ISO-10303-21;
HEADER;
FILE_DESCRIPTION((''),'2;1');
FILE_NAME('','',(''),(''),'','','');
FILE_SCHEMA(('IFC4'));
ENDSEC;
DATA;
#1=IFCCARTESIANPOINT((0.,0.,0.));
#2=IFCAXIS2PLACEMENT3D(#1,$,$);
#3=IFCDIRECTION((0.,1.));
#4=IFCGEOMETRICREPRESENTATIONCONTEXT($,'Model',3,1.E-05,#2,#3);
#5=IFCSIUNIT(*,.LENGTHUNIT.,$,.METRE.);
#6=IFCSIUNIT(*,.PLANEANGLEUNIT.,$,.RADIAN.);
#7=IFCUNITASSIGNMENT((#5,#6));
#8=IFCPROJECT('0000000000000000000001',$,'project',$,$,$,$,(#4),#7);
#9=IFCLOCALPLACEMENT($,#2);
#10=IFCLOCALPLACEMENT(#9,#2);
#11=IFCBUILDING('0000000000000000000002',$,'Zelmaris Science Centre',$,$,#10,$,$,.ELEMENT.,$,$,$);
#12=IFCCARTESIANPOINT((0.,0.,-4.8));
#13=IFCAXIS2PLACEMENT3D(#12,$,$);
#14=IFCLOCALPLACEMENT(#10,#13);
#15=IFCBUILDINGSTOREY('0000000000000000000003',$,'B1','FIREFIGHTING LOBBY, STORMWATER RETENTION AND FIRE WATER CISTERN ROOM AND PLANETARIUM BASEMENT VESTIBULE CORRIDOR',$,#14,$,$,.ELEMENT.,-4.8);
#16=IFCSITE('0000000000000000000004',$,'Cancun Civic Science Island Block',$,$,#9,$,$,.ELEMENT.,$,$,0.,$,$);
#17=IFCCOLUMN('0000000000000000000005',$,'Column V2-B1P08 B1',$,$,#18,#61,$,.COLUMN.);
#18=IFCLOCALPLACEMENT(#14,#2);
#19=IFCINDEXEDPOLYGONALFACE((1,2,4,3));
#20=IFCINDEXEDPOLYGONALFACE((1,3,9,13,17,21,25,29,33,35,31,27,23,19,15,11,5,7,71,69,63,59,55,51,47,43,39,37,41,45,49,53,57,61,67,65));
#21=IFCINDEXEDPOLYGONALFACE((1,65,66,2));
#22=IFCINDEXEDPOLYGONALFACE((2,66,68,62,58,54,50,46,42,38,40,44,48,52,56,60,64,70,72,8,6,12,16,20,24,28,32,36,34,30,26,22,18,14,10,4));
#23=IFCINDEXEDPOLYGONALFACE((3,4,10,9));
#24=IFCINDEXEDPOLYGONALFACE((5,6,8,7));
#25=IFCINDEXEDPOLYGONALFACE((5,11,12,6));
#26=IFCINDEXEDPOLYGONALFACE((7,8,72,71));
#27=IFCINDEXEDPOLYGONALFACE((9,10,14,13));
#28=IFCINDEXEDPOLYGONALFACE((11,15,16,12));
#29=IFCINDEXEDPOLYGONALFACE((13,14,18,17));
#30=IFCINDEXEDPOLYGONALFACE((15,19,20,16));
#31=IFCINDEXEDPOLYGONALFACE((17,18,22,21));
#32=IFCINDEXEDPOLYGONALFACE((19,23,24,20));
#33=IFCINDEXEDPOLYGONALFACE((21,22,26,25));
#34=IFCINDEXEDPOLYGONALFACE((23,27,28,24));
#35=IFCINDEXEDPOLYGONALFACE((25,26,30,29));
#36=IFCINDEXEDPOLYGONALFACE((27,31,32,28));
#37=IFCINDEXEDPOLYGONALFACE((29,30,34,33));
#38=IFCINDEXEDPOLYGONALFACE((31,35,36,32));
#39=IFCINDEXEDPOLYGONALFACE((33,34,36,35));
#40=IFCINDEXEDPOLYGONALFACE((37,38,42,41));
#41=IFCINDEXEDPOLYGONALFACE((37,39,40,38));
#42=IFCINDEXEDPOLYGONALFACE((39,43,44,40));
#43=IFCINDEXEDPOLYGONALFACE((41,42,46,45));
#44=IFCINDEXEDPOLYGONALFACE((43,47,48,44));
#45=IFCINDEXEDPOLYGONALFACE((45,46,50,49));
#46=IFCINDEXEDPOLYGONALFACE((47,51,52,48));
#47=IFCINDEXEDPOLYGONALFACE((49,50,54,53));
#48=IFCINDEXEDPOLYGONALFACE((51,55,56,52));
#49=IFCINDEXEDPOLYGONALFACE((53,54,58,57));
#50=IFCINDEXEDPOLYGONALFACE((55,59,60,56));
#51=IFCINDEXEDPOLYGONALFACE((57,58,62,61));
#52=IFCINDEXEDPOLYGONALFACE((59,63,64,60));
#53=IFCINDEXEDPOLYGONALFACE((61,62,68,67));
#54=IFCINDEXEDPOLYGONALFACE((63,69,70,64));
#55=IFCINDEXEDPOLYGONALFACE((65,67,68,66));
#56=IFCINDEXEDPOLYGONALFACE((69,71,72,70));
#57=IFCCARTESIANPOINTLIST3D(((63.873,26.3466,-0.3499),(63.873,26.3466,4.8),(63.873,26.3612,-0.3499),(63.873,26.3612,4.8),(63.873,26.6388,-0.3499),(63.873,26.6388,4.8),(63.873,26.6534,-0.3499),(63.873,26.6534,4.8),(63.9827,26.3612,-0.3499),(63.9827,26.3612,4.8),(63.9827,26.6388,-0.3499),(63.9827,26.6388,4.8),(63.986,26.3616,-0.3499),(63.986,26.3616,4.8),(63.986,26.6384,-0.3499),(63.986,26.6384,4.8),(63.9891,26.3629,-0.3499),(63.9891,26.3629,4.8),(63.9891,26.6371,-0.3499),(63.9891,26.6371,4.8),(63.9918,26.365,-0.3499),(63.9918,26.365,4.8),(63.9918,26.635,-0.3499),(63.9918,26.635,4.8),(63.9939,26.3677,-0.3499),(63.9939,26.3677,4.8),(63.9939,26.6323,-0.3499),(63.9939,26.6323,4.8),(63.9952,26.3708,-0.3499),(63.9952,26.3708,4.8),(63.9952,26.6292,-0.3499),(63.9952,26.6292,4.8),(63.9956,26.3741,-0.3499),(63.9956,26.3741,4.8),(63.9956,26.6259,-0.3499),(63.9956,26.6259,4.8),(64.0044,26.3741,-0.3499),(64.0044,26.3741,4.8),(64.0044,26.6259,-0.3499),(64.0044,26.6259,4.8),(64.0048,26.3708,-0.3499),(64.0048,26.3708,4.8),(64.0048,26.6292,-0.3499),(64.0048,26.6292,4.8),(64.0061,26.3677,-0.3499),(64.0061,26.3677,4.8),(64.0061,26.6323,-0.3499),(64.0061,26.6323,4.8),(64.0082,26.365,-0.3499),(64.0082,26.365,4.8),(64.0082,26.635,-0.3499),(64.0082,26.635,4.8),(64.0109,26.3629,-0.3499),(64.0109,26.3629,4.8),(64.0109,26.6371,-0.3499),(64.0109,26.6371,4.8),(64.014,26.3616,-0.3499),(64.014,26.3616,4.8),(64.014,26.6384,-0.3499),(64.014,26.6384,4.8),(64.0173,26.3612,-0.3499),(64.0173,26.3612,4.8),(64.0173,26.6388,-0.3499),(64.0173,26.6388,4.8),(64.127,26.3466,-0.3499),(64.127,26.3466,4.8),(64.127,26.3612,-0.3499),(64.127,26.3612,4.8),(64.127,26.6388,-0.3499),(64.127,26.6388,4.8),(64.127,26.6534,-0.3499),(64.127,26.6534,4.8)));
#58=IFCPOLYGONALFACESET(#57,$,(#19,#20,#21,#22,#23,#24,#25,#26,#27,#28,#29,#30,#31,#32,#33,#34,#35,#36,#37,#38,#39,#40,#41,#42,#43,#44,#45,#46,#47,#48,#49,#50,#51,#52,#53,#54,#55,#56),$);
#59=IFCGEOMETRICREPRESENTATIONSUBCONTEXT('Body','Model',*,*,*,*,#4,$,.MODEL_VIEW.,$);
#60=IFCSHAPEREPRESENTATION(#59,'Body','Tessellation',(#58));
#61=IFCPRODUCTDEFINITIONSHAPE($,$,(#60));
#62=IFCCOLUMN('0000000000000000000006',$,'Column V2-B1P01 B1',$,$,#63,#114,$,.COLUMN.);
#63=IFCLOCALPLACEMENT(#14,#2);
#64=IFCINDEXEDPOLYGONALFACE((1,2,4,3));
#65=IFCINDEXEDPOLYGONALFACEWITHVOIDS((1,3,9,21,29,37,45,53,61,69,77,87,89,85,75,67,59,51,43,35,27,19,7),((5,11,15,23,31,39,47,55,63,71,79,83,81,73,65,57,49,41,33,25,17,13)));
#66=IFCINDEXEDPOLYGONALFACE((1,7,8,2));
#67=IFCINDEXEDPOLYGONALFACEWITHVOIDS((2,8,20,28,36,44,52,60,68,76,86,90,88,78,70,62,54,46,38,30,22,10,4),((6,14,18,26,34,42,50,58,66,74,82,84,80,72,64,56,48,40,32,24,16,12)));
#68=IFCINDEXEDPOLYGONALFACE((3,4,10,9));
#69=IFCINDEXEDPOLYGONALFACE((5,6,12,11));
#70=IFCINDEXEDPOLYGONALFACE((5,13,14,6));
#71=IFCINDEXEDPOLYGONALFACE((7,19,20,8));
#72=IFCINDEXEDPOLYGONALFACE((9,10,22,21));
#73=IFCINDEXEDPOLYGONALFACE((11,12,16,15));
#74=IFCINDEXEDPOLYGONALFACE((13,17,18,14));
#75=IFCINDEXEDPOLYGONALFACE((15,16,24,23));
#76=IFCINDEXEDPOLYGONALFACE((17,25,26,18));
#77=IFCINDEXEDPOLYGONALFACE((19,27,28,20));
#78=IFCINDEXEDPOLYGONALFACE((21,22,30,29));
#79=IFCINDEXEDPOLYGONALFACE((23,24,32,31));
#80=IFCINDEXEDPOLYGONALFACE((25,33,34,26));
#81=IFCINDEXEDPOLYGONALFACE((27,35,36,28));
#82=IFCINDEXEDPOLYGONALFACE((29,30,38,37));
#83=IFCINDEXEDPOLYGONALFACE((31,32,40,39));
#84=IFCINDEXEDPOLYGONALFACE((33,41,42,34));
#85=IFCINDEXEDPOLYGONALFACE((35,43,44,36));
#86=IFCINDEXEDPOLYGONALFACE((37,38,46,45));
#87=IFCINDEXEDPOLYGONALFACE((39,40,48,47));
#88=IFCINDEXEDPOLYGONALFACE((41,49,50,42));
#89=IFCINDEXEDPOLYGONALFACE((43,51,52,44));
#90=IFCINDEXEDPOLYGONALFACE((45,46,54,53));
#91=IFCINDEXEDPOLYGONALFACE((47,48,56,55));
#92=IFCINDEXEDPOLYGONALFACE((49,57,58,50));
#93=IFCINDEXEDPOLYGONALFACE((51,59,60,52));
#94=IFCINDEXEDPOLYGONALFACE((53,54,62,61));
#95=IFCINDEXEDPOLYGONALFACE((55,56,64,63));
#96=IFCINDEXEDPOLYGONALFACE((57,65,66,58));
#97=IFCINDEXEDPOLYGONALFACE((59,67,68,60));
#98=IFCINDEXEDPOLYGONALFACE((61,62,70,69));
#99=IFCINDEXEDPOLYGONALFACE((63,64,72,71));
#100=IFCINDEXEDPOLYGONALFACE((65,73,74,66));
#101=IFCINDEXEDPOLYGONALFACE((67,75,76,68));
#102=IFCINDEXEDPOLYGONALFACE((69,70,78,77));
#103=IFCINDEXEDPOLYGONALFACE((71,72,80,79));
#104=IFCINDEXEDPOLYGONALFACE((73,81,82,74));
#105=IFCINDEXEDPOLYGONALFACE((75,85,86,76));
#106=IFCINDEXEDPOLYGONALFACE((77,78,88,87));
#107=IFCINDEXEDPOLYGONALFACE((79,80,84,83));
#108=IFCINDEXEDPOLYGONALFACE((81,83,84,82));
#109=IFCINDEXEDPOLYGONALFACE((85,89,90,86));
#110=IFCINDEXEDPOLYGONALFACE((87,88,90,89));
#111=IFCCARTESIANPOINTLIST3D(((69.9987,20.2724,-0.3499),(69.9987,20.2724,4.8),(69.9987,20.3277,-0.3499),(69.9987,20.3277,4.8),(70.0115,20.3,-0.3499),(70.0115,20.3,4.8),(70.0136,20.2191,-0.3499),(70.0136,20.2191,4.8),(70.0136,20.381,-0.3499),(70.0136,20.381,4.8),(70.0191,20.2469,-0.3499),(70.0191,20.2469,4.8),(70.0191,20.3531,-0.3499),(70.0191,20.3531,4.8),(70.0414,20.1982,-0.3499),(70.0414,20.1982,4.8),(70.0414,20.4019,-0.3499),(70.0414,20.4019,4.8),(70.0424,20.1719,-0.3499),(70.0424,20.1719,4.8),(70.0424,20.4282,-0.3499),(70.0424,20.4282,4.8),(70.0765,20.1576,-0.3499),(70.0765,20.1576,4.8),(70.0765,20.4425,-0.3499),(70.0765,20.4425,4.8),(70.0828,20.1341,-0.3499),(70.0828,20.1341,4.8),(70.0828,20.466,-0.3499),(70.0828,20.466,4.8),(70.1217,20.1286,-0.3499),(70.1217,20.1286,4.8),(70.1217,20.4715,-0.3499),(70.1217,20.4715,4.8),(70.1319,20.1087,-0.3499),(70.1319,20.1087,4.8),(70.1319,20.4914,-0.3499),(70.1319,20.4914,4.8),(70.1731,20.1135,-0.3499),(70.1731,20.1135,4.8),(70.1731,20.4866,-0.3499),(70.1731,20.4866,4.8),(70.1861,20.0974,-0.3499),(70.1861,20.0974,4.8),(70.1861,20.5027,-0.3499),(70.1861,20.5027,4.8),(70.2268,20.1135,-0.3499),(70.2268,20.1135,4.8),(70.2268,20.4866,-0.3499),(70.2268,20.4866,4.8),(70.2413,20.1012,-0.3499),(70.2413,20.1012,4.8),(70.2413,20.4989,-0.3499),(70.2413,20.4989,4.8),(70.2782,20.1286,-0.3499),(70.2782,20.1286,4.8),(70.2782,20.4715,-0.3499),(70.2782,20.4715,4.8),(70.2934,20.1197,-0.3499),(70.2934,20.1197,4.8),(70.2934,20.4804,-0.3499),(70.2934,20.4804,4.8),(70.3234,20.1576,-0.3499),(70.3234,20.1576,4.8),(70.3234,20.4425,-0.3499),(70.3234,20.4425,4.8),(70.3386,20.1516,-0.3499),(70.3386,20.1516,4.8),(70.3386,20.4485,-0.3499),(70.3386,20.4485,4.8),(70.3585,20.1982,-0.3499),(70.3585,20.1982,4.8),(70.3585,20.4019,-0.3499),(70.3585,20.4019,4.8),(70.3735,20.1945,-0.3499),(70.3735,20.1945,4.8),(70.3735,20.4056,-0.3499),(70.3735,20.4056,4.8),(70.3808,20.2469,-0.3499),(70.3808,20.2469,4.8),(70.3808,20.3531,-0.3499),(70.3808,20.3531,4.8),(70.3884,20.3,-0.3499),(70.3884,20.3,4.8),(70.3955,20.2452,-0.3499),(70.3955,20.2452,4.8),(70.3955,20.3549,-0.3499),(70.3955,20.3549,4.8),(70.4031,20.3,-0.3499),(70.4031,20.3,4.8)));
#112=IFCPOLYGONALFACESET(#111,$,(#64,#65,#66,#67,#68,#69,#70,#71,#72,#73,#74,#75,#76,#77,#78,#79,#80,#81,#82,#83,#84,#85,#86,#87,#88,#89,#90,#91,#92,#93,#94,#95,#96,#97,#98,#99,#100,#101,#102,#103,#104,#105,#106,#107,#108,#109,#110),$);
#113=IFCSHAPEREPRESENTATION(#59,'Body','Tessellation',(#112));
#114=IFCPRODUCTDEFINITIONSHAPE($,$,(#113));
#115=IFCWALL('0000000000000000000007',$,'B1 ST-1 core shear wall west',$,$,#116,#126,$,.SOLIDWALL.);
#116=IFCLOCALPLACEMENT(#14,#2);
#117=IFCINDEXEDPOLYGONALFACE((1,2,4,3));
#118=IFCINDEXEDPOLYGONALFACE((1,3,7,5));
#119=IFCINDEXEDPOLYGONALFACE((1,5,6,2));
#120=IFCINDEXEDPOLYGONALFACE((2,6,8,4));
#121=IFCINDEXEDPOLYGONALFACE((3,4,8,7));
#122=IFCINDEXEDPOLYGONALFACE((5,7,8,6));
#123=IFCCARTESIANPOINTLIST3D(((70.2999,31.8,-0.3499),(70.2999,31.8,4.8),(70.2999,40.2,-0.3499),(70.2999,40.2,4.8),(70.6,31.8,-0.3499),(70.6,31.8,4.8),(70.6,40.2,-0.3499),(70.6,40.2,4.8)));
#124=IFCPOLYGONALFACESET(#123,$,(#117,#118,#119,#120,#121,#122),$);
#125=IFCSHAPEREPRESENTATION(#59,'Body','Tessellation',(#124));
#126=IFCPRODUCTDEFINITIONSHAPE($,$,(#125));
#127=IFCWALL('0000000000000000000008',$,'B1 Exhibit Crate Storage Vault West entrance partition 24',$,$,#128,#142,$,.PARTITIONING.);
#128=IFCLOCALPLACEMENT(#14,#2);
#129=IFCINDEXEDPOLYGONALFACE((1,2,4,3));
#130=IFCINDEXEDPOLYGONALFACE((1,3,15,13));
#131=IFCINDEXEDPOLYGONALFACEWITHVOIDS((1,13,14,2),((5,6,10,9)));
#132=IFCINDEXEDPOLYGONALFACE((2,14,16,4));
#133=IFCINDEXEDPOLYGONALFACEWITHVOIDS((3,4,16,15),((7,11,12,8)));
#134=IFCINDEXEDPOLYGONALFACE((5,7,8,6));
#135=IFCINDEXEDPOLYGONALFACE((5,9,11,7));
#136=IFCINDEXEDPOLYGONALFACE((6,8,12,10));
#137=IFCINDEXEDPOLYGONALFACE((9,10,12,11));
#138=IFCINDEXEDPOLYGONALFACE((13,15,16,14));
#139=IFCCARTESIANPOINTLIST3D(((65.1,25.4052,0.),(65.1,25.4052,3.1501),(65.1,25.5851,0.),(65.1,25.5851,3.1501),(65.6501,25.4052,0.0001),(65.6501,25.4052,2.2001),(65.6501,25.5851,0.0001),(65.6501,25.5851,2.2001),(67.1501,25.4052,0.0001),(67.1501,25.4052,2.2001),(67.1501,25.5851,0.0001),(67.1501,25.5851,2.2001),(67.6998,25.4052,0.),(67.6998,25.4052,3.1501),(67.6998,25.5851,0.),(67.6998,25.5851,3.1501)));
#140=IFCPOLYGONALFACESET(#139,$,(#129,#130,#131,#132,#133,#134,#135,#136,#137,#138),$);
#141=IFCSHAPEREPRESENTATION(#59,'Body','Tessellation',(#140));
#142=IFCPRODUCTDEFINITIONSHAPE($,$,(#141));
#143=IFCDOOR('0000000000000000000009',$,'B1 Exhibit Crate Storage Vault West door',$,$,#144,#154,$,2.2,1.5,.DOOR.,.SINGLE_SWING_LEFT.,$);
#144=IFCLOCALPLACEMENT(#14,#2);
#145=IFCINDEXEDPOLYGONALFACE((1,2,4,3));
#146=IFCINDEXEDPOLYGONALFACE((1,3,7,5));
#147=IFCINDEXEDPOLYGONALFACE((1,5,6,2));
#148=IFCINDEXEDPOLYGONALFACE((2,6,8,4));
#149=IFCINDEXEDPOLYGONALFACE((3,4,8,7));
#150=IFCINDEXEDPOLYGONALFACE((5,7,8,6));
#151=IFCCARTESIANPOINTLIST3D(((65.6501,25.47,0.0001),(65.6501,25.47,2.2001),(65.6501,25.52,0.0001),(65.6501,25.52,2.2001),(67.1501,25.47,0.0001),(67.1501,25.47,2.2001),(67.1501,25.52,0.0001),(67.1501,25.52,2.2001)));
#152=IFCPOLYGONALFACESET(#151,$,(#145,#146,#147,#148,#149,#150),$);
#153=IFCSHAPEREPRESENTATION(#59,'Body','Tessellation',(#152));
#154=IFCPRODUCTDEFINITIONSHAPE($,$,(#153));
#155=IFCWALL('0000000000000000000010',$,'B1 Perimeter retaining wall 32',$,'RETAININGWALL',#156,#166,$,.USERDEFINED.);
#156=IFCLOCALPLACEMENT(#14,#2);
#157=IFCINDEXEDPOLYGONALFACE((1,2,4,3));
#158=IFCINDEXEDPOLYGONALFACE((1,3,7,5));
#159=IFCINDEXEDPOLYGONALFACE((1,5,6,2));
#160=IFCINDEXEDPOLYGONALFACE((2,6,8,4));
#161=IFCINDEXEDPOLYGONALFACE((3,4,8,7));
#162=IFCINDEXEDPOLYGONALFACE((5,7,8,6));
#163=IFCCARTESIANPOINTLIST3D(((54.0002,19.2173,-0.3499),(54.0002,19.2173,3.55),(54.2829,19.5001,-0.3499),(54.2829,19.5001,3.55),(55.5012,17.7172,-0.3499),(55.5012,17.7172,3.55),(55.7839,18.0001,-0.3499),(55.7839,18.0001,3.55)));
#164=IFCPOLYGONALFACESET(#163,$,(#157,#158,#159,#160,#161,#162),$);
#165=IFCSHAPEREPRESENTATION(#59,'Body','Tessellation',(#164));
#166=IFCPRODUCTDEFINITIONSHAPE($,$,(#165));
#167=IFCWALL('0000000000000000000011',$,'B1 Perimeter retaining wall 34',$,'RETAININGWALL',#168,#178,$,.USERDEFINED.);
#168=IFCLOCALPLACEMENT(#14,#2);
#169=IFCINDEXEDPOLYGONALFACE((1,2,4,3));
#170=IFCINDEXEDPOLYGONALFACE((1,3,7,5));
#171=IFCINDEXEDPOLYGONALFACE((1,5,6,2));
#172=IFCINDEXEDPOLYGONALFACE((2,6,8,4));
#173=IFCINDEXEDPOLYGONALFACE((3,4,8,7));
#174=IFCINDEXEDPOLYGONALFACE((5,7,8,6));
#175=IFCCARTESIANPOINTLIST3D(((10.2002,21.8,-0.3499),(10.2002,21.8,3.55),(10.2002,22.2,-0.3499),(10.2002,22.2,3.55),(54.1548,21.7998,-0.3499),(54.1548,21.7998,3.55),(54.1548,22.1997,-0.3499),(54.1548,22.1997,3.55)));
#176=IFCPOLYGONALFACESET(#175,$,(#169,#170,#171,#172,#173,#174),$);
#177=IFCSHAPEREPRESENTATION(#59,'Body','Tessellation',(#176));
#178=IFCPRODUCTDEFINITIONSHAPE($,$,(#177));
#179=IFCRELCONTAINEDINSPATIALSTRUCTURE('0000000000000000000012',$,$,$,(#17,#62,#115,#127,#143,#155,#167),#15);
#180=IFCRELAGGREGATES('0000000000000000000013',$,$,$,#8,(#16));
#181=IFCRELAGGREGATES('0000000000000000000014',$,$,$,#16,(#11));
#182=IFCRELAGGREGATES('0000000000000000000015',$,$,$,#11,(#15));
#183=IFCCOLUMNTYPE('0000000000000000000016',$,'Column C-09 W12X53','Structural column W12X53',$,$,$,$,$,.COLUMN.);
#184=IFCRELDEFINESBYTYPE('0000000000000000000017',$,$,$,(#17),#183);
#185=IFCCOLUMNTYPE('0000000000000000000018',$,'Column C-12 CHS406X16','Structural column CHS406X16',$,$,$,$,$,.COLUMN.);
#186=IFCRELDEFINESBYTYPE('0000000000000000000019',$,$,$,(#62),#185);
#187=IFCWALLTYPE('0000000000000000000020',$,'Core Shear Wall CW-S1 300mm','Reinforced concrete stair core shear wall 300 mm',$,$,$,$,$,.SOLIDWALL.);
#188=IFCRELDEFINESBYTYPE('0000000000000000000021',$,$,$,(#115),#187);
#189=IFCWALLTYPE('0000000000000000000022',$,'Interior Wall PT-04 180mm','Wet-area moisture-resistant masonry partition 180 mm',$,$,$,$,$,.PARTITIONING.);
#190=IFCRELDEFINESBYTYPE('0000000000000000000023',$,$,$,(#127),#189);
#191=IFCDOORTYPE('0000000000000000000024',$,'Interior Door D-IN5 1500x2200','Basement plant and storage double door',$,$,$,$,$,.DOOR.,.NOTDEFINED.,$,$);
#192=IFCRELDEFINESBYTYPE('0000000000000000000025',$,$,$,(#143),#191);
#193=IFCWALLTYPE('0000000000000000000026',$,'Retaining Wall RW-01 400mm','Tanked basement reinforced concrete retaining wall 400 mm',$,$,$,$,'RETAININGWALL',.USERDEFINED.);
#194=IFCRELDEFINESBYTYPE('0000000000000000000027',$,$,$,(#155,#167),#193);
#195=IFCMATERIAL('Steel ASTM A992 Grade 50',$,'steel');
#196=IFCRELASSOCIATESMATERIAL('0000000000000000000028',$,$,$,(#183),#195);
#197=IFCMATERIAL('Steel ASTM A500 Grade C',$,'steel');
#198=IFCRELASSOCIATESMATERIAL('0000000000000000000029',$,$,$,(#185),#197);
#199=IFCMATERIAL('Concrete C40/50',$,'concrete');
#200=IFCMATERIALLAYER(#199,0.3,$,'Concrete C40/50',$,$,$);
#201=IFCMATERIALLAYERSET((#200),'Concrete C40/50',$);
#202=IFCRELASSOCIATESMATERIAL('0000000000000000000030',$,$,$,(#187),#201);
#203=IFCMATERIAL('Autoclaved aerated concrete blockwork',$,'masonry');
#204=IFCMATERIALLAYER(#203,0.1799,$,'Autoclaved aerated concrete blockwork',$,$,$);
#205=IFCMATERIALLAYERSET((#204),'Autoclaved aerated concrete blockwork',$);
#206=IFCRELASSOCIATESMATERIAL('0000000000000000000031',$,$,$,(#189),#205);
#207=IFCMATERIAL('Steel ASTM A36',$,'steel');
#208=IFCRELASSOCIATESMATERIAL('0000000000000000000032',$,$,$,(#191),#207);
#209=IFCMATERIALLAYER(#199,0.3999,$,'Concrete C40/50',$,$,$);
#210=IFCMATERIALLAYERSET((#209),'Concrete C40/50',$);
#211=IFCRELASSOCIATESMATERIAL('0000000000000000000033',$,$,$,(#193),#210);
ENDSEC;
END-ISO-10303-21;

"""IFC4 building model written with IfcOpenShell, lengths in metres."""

from ifc_helpers import new_model, si_unit, direction, frame, frame_2d, origin, origin_2d, place, context, subcontext, project, spatial, rectangle, hollow_circle, i_section, extrude, material, layer, layer_set, material_profile, profile_set, type_object, element, fill, save


model = new_model("IFC4")

# Units and contexts
model_context = context("Model", 3, precision=1e-05, world=origin(), true_north=direction((0.0, 1.0)))
body_context = subcontext(model_context, "Body", "Model", "MODEL_VIEW")
ifc_project = project(units=[si_unit("LENGTHUNIT", "METRE"), si_unit("PLANEANGLEUNIT", "RADIAN")], contexts=[model_context])

# Site, building, storey
site_placement = place(None, origin())
site = spatial("IfcSite", under=ifc_project, at=site_placement, Name="Cancun Civic Science Island Block", CompositionType="ELEMENT", RefElevation=0.0)
building_placement = place(site_placement, origin())
building = spatial("IfcBuilding", under=site, at=building_placement, Name="Zelmaris Science Centre", CompositionType="ELEMENT")
storey_placement = place(building_placement, frame((0.0, 0.0, -4.8)))
storey = spatial("IfcBuildingStorey", under=building, at=storey_placement, Name="B1", Description="FIREFIGHTING LOBBY, STORMWATER RETENTION AND FIRE WATER CISTERN ROOM AND PLANETARIUM BASEMENT VESTIBULE CORRIDOR", CompositionType="ELEMENT", Elevation=-4.8)

# Shared definitions
ifc_material_1 = material(Name="Concrete C40/50", Category="concrete")

# Columns
ifc_material_2 = material(Name="Steel ASTM A992 Grade 50", Category="steel")
ifc_material_profile_1 = material_profile(ifc_material_2, i_section(OverallWidth=0.2539, OverallDepth=0.3069, WebThickness=0.0088, FlangeThickness=0.0146, FilletRadius=0.0129, at=origin_2d()), Name="W12X53")
ifc_profile_set_1 = profile_set([ifc_material_profile_1], Name="Steel ASTM A992 Grade 50")
column_type_1 = type_object("IfcColumnType", Name="Column C-09 W12X53", Description="Structural column W12X53", PredefinedType="COLUMN", material=ifc_profile_set_1)
column_1_placement = place(storey_placement, frame((64.0, 26.5, -0.3499), z_axis=(0.0, 0.0, 1.0), x_axis=(1.0, 0.0, 0.0)))
element("IfcColumn", 1, at=column_1_placement, inside=storey, type_object=column_type_1, Name="Column V2-B1P08 B1", PredefinedType="COLUMN", context=body_context, shape_type="SweptSolid", body=[
    extrude(i_section(OverallWidth=0.2539, OverallDepth=0.3069, WebThickness=0.0088, FlangeThickness=0.0146, FilletRadius=0.0129, at=origin_2d()), origin(), (0.0, 0.0, 1.0), 5.1499),
])
ifc_material_3 = material(Name="Steel ASTM A500 Grade C", Category="steel")
ifc_material_profile_2 = material_profile(ifc_material_3, hollow_circle(Radius=0.2031, WallThickness=0.0146, at=origin_2d()), Name="CHS406X16")
ifc_profile_set_2 = profile_set([ifc_material_profile_2], Name="Steel ASTM A500 Grade C")
column_type_2 = type_object("IfcColumnType", Name="Column C-12 CHS406X16", Description="Structural column CHS406X16", PredefinedType="COLUMN", material=ifc_profile_set_2)
column_2_placement = place(storey_placement, frame((70.2, 20.3, -0.3499), z_axis=(0.0, 0.0, 1.0), x_axis=(1.0, 0.0, 0.0)))
element("IfcColumn", 2, at=column_2_placement, inside=storey, type_object=column_type_2, Name="Column V2-B1P01 B1", PredefinedType="COLUMN", context=body_context, shape_type="SweptSolid", body=[
    extrude(hollow_circle(Radius=0.2031, WallThickness=0.0146, at=origin_2d()), origin(), (0.0, 0.0, 1.0), 5.1499),
])

# Wall
ifc_layer_1 = layer(ifc_material_1, 0.3, Name="Concrete C40/50")
ifc_layer_set_1 = layer_set([ifc_layer_1], Name="Concrete C40/50")
wall_type_1 = type_object("IfcWallType", Name="Core Shear Wall CW-S1 300mm", Description="Reinforced concrete stair core shear wall 300 mm", PredefinedType="SOLIDWALL", material=ifc_layer_set_1)
wall_1_placement = place(storey_placement, frame((70.45, 31.8, -0.3499), z_axis=(0.0, 0.0, 1.0), x_axis=(0.0, 1.0, 0.0)))
element("IfcWall", 3, at=wall_1_placement, inside=storey, type_object=wall_type_1, Name="B1 ST-1 core shear wall west", PredefinedType="SOLIDWALL", context=body_context, shape_type="SweptSolid", body=[
    extrude(rectangle(XDim=8.3999, YDim=0.3, at=frame_2d((4.2, 0.0))), origin(), (0.0, 0.0, 1.0), 5.1499),
])

# Wall, opening, door
ifc_material_4 = material(Name="Autoclaved aerated concrete blockwork", Category="masonry")
ifc_layer_2 = layer(ifc_material_4, 0.1799, Name="Autoclaved aerated concrete blockwork")
ifc_layer_set_2 = layer_set([ifc_layer_2], Name="Autoclaved aerated concrete blockwork")
wall_type_2 = type_object("IfcWallType", Name="Interior Wall PT-04 180mm", Description="Wet-area moisture-resistant masonry partition 180 mm", PredefinedType="PARTITIONING", material=ifc_layer_set_2)
wall_2_placement = place(storey_placement, frame((65.1001, 25.4951, 0.0), z_axis=(0.0, 0.0, 1.0), x_axis=(1.0, 0.0, 0.0)))
wall_2 = element("IfcWall", 4, at=wall_2_placement, inside=storey, type_object=wall_type_2, Name="B1 Exhibit Crate Storage Vault West entrance partition 24", PredefinedType="PARTITIONING", context=body_context, shape_type="SweptSolid", body=[
    extrude(rectangle(XDim=2.5999, YDim=0.1799, at=frame_2d((1.2998, 0.0))), origin(), (0.0, 0.0, 1.0), 3.1501),
])
opening_placement = place(wall_2_placement, frame((0.55, 0.0, 0.0)))
opening = element("IfcOpeningElement", 5, at=opening_placement, cuts=wall_2, PredefinedType="OPENING", context=body_context, shape_type="SweptSolid", body=[
    extrude(rectangle(XDim=1.5, YDim=2.2, at=frame_2d((0.75, 1.1001))), frame((0.0, 0.0999, 0.0), z_axis=(0.0, -1.0, 0.0), x_axis=(1.0, 0.0, 0.0)), (0.0, 0.0, 1.0), 0.2),
])
ifc_material_5 = material(Name="Steel ASTM A36", Category="steel")
door_type = type_object("IfcDoorType", Name="Interior Door D-IN5 1500x2200", Description="Basement plant and storage double door", OperationType="NOTDEFINED", PredefinedType="DOOR", material=ifc_material_5)
door_placement = place(opening_placement, origin())
door = element("IfcDoor", 6, at=door_placement, inside=storey, type_object=door_type, Name="B1 Exhibit Crate Storage Vault West door", OperationType="SINGLE_SWING_LEFT", OverallHeight=2.2, OverallWidth=1.5, PredefinedType="DOOR", context=body_context, shape_type="SweptSolid", body=[
    extrude(rectangle(XDim=1.5, YDim=2.2, at=frame_2d((0.75, 1.1001))), frame((0.0, 0.0249, 0.0), z_axis=(0.0, -1.0, 0.0), x_axis=(1.0, 0.0, 0.0)), (0.0, 0.0, 1.0), 0.05),
])
fill(opening, door)

# Walls
ifc_layer_3 = layer(ifc_material_1, 0.3999, Name="Concrete C40/50")
ifc_layer_set_3 = layer_set([ifc_layer_3], Name="Concrete C40/50")
wall_type_3 = type_object("IfcWallType", Name="Retaining Wall RW-01 400mm", Description="Tanked basement reinforced concrete retaining wall 400 mm", ElementType="RETAININGWALL", PredefinedType="USERDEFINED", material=ifc_layer_set_3)
wall_3_placement = place(storey_placement, frame((55.6426, 17.8586, -0.3499), z_axis=(0.0, 0.0, 1.0), x_axis=(-0.707337, 0.706877, 0.0)))
element("IfcWall", 7, at=wall_3_placement, inside=storey, type_object=wall_type_3, Name="B1 Perimeter retaining wall 32", ObjectType="RETAININGWALL", PredefinedType="USERDEFINED", context=body_context, shape_type="SweptSolid", body=[
    extrude(rectangle(XDim=2.1221, YDim=0.3999, at=frame_2d((1.061, 0.0))), origin(), (0.0, 0.0, 1.0), 3.8999),
])
wall_4_placement = place(storey_placement, frame((54.1548, 21.9998, -0.3499), z_axis=(0.0, 0.0, 1.0), x_axis=(-1.0, 0.000006, 0.0)))
element("IfcWall", 8, at=wall_4_placement, inside=storey, type_object=wall_type_3, Name="B1 Perimeter retaining wall 34", ObjectType="RETAININGWALL", PredefinedType="USERDEFINED", context=body_context, shape_type="SweptSolid", body=[
    extrude(rectangle(XDim=43.9546, YDim=0.3999, at=frame_2d((21.9773, 0.0))), origin(), (0.0, 0.0, 1.0), 3.8999),
])

save(model, "model.ifc")
